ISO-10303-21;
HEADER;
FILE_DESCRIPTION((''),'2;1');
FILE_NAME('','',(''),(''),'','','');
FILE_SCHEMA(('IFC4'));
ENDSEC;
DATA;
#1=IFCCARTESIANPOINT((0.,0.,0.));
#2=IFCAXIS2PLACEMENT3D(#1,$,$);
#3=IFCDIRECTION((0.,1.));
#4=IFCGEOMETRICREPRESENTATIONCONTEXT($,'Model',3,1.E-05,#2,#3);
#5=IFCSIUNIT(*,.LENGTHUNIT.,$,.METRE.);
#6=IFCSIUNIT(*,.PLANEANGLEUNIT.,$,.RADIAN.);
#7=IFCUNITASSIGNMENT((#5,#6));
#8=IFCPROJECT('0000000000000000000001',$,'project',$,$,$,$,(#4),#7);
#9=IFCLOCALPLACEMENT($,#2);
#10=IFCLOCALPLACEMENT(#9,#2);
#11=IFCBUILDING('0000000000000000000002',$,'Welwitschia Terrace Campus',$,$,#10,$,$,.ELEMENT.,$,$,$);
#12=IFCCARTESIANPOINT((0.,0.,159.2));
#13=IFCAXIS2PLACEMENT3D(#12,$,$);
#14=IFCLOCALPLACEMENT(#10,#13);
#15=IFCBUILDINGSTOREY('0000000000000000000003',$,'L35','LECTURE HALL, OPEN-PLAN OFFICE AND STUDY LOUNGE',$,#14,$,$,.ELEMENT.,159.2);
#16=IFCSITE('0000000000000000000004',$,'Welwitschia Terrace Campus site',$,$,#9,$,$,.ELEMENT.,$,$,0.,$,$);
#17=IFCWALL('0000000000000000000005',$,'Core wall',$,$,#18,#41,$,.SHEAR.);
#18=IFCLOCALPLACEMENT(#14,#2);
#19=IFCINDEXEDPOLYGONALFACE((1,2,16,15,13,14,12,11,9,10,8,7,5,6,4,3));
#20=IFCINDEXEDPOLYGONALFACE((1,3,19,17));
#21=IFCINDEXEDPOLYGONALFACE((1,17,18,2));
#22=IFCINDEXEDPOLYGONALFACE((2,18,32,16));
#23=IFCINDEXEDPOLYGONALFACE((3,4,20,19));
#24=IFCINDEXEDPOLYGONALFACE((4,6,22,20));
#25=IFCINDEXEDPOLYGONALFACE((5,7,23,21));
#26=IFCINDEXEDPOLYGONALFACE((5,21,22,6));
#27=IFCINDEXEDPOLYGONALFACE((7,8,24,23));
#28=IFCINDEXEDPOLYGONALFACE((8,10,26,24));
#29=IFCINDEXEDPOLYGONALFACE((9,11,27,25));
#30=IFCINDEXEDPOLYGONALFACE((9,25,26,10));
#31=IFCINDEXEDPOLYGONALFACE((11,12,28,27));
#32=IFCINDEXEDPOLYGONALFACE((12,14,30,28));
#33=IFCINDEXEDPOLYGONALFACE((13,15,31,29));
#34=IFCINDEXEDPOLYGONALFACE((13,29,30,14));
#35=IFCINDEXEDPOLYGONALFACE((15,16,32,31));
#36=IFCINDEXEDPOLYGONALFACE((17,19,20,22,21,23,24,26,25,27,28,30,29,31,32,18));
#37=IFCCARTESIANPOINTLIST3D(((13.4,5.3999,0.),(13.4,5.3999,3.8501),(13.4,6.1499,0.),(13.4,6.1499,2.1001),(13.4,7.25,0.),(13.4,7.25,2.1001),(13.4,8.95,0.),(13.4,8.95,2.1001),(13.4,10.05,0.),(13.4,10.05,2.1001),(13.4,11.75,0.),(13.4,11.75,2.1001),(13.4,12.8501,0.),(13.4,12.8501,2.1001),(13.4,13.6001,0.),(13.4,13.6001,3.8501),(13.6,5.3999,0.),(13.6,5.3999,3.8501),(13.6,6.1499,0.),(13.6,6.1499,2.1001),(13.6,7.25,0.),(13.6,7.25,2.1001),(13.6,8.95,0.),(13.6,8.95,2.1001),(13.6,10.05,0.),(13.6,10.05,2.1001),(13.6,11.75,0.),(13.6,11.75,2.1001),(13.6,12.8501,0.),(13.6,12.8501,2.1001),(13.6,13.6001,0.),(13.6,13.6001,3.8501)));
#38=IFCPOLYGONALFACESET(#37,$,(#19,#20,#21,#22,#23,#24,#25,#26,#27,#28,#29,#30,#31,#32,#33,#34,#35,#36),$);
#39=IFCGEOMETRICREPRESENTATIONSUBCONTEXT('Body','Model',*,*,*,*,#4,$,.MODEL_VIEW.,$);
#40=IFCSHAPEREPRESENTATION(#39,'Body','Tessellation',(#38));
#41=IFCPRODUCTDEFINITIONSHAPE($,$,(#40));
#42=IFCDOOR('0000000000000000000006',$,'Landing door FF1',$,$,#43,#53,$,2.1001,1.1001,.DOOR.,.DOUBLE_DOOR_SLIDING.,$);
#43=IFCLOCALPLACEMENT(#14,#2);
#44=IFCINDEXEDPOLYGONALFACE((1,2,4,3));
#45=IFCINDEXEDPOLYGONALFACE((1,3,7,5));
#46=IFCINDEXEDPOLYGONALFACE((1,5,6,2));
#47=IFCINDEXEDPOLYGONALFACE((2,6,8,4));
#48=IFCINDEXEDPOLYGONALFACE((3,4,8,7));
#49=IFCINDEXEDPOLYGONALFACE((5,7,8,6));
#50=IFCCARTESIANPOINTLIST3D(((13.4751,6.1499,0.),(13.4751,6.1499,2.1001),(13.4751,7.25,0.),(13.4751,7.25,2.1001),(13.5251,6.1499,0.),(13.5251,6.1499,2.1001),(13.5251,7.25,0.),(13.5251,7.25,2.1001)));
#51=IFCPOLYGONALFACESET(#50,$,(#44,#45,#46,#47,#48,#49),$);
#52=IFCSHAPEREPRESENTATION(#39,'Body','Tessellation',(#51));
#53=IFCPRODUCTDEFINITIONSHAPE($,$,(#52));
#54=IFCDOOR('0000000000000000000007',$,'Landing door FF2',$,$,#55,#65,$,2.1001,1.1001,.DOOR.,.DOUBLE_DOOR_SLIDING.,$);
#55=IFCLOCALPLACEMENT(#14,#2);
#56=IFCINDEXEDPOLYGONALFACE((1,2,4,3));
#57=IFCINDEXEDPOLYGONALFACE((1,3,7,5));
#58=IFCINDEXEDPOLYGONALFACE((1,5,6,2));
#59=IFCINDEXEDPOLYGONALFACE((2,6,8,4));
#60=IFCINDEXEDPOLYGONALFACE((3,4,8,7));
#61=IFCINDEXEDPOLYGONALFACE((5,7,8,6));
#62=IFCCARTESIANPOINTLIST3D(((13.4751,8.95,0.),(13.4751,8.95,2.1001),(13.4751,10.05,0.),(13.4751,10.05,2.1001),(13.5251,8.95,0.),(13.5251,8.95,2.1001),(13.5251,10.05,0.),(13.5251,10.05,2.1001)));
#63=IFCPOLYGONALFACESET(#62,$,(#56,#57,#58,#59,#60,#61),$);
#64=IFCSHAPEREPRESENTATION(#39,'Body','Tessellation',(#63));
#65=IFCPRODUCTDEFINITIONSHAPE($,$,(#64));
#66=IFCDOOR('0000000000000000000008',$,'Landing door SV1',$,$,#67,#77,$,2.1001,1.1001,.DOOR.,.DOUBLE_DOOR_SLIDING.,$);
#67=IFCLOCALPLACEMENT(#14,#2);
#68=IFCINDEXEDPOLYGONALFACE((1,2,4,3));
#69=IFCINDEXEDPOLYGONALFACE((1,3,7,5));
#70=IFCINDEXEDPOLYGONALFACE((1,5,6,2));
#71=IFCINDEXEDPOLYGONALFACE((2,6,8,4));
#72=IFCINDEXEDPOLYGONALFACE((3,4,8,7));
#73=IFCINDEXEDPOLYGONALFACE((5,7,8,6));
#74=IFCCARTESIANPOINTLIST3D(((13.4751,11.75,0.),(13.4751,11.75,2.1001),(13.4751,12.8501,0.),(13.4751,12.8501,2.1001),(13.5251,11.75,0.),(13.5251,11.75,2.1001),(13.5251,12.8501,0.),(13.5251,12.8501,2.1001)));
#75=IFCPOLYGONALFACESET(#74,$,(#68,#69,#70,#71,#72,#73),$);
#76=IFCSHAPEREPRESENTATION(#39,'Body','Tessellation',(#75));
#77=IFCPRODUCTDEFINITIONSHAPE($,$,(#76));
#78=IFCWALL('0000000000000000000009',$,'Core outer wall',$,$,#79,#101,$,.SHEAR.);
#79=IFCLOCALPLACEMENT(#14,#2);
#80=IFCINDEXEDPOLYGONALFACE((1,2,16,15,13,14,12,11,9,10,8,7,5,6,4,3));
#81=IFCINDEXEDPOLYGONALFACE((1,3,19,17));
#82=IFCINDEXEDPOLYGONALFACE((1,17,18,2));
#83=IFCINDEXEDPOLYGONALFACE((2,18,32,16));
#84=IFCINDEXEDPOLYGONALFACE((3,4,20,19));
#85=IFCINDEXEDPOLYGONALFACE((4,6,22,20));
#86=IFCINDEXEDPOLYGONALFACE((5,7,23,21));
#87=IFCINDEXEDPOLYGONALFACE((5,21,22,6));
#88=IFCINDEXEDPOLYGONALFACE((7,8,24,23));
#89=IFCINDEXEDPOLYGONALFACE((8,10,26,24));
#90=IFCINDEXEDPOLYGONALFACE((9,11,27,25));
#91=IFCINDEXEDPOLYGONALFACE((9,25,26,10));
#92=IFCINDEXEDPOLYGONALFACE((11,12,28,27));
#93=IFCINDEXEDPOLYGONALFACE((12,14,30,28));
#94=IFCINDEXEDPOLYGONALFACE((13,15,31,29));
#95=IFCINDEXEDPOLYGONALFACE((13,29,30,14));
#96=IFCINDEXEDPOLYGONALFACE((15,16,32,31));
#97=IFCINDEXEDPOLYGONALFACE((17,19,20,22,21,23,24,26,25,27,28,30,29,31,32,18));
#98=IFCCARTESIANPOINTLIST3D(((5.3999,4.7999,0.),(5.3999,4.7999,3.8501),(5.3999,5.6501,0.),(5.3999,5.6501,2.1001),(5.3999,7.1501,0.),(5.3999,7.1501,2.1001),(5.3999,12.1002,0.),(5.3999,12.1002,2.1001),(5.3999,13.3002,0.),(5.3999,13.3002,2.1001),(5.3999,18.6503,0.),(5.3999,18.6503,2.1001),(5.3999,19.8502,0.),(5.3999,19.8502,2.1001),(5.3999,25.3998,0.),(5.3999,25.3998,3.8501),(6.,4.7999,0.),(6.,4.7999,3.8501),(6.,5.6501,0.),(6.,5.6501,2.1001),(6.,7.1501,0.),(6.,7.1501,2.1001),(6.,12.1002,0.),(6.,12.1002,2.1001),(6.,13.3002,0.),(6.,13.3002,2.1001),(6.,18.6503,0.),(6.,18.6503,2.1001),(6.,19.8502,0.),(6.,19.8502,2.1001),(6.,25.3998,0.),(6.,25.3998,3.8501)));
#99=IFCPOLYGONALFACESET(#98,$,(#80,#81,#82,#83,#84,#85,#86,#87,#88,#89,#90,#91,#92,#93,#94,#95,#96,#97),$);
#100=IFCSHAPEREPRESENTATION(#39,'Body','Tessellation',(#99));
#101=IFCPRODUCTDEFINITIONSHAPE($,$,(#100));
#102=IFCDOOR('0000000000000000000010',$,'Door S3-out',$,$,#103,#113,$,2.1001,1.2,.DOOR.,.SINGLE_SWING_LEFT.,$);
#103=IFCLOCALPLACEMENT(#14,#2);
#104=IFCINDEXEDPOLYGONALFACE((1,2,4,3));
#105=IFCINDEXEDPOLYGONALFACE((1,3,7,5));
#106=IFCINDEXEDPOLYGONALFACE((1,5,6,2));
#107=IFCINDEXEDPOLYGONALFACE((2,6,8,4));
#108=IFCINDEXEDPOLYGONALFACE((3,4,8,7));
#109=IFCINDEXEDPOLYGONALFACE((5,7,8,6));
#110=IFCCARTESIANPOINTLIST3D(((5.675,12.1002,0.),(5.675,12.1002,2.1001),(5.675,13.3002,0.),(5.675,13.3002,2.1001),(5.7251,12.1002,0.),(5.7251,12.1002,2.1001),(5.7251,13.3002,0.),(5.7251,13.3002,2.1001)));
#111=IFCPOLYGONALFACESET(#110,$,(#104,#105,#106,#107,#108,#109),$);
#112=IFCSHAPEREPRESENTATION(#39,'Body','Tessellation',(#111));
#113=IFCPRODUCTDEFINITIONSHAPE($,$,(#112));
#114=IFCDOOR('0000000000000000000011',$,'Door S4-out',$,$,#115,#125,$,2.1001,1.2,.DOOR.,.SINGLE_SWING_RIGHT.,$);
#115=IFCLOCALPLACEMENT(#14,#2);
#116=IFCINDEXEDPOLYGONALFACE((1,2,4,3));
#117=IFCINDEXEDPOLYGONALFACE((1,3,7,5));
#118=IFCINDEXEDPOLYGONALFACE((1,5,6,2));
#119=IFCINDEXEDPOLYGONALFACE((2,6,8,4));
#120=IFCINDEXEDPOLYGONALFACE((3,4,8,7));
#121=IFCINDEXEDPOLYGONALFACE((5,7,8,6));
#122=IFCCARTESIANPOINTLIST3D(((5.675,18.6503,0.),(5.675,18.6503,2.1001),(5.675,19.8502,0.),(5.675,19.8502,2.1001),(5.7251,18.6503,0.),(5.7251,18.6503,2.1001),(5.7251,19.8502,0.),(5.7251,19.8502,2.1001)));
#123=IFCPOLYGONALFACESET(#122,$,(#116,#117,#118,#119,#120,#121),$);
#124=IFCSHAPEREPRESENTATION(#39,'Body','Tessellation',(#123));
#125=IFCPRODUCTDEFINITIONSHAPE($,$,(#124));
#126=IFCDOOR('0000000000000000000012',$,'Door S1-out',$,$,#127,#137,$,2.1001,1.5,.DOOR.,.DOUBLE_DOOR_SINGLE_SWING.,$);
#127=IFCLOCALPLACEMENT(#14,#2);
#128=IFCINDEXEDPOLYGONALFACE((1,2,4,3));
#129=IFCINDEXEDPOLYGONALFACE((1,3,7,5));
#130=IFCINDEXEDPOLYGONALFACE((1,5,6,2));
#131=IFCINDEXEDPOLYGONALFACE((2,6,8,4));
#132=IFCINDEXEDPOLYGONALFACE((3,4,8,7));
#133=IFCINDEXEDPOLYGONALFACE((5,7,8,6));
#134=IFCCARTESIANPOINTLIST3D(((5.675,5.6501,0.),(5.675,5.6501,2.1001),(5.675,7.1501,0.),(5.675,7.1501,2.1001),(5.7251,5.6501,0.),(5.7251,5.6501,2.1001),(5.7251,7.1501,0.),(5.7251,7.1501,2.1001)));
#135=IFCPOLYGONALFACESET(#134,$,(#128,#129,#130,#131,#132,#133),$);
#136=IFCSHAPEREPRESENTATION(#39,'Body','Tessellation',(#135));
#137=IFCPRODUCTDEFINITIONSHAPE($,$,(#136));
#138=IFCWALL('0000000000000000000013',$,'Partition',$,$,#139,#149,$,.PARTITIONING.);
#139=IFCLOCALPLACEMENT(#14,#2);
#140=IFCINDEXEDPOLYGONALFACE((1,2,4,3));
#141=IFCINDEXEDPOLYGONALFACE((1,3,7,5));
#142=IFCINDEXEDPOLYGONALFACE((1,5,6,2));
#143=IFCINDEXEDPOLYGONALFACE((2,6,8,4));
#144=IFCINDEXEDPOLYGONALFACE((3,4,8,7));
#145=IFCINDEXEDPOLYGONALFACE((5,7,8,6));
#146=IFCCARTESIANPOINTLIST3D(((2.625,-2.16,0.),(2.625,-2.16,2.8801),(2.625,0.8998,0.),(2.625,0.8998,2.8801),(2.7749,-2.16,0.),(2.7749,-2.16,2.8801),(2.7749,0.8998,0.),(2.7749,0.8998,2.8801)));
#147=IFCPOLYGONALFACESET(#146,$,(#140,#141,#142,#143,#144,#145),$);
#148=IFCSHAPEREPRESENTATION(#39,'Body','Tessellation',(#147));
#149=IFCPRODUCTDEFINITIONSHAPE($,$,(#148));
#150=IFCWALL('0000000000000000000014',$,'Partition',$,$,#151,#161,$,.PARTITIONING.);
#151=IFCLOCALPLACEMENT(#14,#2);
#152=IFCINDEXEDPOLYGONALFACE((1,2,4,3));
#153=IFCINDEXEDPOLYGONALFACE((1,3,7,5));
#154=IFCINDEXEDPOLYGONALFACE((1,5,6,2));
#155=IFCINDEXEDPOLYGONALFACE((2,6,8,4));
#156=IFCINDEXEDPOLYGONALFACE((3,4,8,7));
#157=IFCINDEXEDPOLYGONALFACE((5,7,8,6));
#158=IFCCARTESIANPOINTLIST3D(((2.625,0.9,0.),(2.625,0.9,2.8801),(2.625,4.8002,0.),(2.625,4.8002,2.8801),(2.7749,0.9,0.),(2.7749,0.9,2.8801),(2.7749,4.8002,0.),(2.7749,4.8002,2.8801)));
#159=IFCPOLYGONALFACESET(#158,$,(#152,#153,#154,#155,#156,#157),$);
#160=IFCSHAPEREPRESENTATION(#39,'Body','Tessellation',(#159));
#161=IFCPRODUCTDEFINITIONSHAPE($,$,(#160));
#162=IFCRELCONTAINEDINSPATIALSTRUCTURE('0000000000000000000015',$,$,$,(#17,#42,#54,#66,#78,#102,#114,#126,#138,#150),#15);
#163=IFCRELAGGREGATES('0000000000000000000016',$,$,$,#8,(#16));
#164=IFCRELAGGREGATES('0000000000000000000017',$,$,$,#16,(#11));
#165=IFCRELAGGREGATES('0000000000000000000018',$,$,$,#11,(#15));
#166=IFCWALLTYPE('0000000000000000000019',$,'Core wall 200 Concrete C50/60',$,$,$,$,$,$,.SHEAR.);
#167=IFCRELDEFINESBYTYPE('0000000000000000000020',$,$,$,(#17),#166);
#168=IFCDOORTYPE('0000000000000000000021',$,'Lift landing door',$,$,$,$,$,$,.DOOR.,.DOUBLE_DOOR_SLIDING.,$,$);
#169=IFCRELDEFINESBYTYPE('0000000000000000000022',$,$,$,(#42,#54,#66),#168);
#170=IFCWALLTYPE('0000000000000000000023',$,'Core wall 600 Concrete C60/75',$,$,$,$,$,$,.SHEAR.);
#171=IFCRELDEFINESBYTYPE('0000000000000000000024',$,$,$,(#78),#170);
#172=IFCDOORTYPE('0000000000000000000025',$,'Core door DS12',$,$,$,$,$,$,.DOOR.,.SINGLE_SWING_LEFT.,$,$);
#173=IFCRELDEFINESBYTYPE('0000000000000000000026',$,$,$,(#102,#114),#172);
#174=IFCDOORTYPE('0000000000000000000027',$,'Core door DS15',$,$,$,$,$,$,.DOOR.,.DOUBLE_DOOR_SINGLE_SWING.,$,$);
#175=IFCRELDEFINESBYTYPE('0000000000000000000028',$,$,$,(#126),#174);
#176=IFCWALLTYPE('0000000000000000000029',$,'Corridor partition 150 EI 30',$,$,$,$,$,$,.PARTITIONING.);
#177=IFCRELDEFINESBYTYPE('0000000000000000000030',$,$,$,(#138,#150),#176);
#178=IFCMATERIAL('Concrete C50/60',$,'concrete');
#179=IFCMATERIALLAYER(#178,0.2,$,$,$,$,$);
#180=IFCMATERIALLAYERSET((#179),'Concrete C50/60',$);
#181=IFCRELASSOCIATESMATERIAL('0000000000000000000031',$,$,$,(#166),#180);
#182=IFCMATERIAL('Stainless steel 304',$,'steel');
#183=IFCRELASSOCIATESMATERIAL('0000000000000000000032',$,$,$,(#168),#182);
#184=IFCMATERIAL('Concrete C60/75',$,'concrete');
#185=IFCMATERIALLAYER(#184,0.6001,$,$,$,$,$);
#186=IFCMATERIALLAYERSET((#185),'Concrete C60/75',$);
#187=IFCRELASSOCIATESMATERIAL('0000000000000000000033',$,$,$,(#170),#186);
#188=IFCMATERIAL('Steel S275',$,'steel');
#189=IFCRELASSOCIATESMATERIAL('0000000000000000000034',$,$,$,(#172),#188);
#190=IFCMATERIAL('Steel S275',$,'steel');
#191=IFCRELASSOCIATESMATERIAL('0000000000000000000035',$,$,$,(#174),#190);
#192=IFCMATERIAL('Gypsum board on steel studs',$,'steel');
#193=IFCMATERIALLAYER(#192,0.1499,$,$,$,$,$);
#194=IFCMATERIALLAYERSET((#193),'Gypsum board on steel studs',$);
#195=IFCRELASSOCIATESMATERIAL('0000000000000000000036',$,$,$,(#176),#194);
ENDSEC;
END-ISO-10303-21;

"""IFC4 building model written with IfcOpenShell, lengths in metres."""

from ifc_helpers import new_model, si_unit, direction, frame, frame_2d, origin, place, context, subcontext, project, spatial, rectangle, extrude, material, layer, layer_set, type_object, element, fill, save


model = new_model("IFC4")

# Units and contexts
model_context = context("Model", 3, precision=1e-05, world=origin(), true_north=direction((0.0, 1.0)))
body_context = subcontext(model_context, "Body", "Model", "MODEL_VIEW")
ifc_project = project(units=[si_unit("LENGTHUNIT", "METRE"), si_unit("PLANEANGLEUNIT", "RADIAN")], contexts=[model_context])

# Site, building, storey
site_placement = place(None, origin())
site = spatial("IfcSite", under=ifc_project, at=site_placement, Name="Welwitschia Terrace Campus site", CompositionType="ELEMENT", RefElevation=0.0)
building_placement = place(site_placement, origin())
building = spatial("IfcBuilding", under=site, at=building_placement, Name="Welwitschia Terrace Campus", CompositionType="ELEMENT")
storey_placement = place(building_placement, frame((0.0, 0.0, 159.2)))
storey = spatial("IfcBuildingStorey", under=building, at=storey_placement, Name="L35", Description="LECTURE HALL, OPEN-PLAN OFFICE AND STUDY LOUNGE", CompositionType="ELEMENT", Elevation=159.2)

# Walls, openings, doors
ifc_material_1 = material(Name="Concrete C50/60", Category="concrete")
ifc_layer_1 = layer(ifc_material_1, 0.2)
ifc_layer_set_1 = layer_set([ifc_layer_1], Name="Concrete C50/60")
wall_type_1 = type_object("IfcWallType", Name="Core wall 200 Concrete C50/60", PredefinedType="SHEAR", material=ifc_layer_set_1)
wall_1_placement = place(storey_placement, frame((13.5, 5.3999, 0.0), z_axis=(0.0, 0.0, 1.0), x_axis=(0.0, 1.0, 0.0)))
wall_1 = element("IfcWall", 1, at=wall_1_placement, inside=storey, type_object=wall_type_1, Name="Core wall", PredefinedType="SHEAR", context=body_context, shape_type="SweptSolid", body=[
    extrude(rectangle(XDim=8.2002, YDim=0.2, at=frame_2d((4.1001, 0.0))), origin(), (0.0, 0.0, 1.0), 3.8501),
])
opening_1_placement = place(wall_1_placement, frame((0.75, 0.0, 0.0)))
opening_1 = element("IfcOpeningElement", 2, at=opening_1_placement, cuts=wall_1, PredefinedType="OPENING", context=body_context, shape_type="SweptSolid", body=[
    extrude(rectangle(XDim=1.1001, YDim=2.1001, at=frame_2d((0.55, 1.05))), frame((0.0, 0.1099, 0.0), z_axis=(0.0, -1.0, 0.0), x_axis=(1.0, 0.0, 0.0)), (0.0, 0.0, 1.0), 0.22),
])
opening_2_placement = place(wall_1_placement, frame((3.55, 0.0, 0.0)))
opening_2 = element("IfcOpeningElement", 3, at=opening_2_placement, cuts=wall_1, PredefinedType="OPENING", context=body_context, shape_type="SweptSolid", body=[
    extrude(rectangle(XDim=1.1001, YDim=2.1001, at=frame_2d((0.55, 1.05))), frame((0.0, 0.1099, 0.0), z_axis=(0.0, -1.0, 0.0), x_axis=(1.0, 0.0, 0.0)), (0.0, 0.0, 1.0), 0.22),
])
opening_3_placement = place(wall_1_placement, frame((6.3501, 0.0, 0.0)))
opening_3 = element("IfcOpeningElement", 4, at=opening_3_placement, cuts=wall_1, PredefinedType="OPENING", context=body_context, shape_type="SweptSolid", body=[
    extrude(rectangle(XDim=1.1001, YDim=2.1001, at=frame_2d((0.55, 1.05))), frame((0.0, 0.1099, 0.0), z_axis=(0.0, -1.0, 0.0), x_axis=(1.0, 0.0, 0.0)), (0.0, 0.0, 1.0), 0.22),
])
ifc_material_2 = material(Name="Stainless steel 304", Category="steel")
door_type_1 = type_object("IfcDoorType", Name="Lift landing door", OperationType="DOUBLE_DOOR_SLIDING", PredefinedType="DOOR", material=ifc_material_2)
door_1_placement = place(opening_1_placement, origin())
door_1 = element("IfcDoor", 5, at=door_1_placement, inside=storey, type_object=door_type_1, Name="Landing door FF1", OperationType="DOUBLE_DOOR_SLIDING", OverallHeight=2.1001, OverallWidth=1.1001, PredefinedType="DOOR", context=body_context, shape_type="SweptSolid", body=[
    extrude(rectangle(XDim=1.1001, YDim=2.1001, at=frame_2d((0.55, 1.05))), frame((0.0, 0.0249, 0.0), z_axis=(0.0, -1.0, 0.0), x_axis=(1.0, 0.0, 0.0)), (0.0, 0.0, 1.0), 0.05),
])
fill(opening_1, door_1)
door_2_placement = place(opening_2_placement, origin())
door_2 = element("IfcDoor", 6, at=door_2_placement, inside=storey, type_object=door_type_1, Name="Landing door FF2", OperationType="DOUBLE_DOOR_SLIDING", OverallHeight=2.1001, OverallWidth=1.1001, PredefinedType="DOOR", context=body_context, shape_type="SweptSolid", body=[
    extrude(rectangle(XDim=1.1001, YDim=2.1001, at=frame_2d((0.55, 1.05))), frame((0.0, 0.0249, 0.0), z_axis=(0.0, -1.0, 0.0), x_axis=(1.0, 0.0, 0.0)), (0.0, 0.0, 1.0), 0.05),
])
fill(opening_2, door_2)
door_3_placement = place(opening_3_placement, origin())
door_3 = element("IfcDoor", 7, at=door_3_placement, inside=storey, type_object=door_type_1, Name="Landing door SV1", OperationType="DOUBLE_DOOR_SLIDING", OverallHeight=2.1001, OverallWidth=1.1001, PredefinedType="DOOR", context=body_context, shape_type="SweptSolid", body=[
    extrude(rectangle(XDim=1.1001, YDim=2.1001, at=frame_2d((0.55, 1.05))), frame((0.0, 0.0249, 0.0), z_axis=(0.0, -1.0, 0.0), x_axis=(1.0, 0.0, 0.0)), (0.0, 0.0, 1.0), 0.05),
])
fill(opening_3, door_3)
ifc_material_3 = material(Name="Concrete C60/75", Category="concrete")
ifc_layer_2 = layer(ifc_material_3, 0.6001)
ifc_layer_set_2 = layer_set([ifc_layer_2], Name="Concrete C60/75")
wall_type_2 = type_object("IfcWallType", Name="Core wall 600 Concrete C60/75", PredefinedType="SHEAR", material=ifc_layer_set_2)
wall_2_placement = place(storey_placement, frame((5.7, 4.8, 0.0), z_axis=(0.0, 0.0, 1.0), x_axis=(0.0, 1.0, 0.0)))
wall_2 = element("IfcWall", 8, at=wall_2_placement, inside=storey, type_object=wall_type_2, Name="Core outer wall", PredefinedType="SHEAR", context=body_context, shape_type="SweptSolid", body=[
    extrude(rectangle(XDim=20.5999, YDim=0.6001, at=frame_2d((10.2998, 0.0))), origin(), (0.0, 0.0, 1.0), 3.8501),
])
opening_4_placement = place(wall_2_placement, frame((0.8501, 0.0, 0.0)))
opening_4 = element("IfcOpeningElement", 9, at=opening_4_placement, cuts=wall_2, PredefinedType="OPENING", context=body_context, shape_type="SweptSolid", body=[
    extrude(rectangle(XDim=1.5, YDim=2.1001, at=frame_2d((0.75, 1.05))), frame((0.0, 0.3101, 0.0), z_axis=(0.0, -1.0, 0.0), x_axis=(1.0, 0.0, 0.0)), (0.0, 0.0, 1.0), 0.6201),
])
opening_5_placement = place(wall_2_placement, frame((7.3, 0.0, 0.0)))
opening_5 = element("IfcOpeningElement", 10, at=opening_5_placement, cuts=wall_2, PredefinedType="OPENING", context=body_context, shape_type="SweptSolid", body=[
    extrude(rectangle(XDim=1.2, YDim=2.1001, at=frame_2d((0.6001, 1.05))), frame((0.0, 0.3101, 0.0), z_axis=(0.0, -1.0, 0.0), x_axis=(1.0, 0.0, 0.0)), (0.0, 0.0, 1.0), 0.6201),
])
opening_6_placement = place(wall_2_placement, frame((13.8501, 0.0, 0.0)))
opening_6 = element("IfcOpeningElement", 11, at=opening_6_placement, cuts=wall_2, PredefinedType="OPENING", context=body_context, shape_type="SweptSolid", body=[
    extrude(rectangle(XDim=1.2, YDim=2.1001, at=frame_2d((0.6001, 1.05))), frame((0.0, 0.3101, 0.0), z_axis=(0.0, -1.0, 0.0), x_axis=(1.0, 0.0, 0.0)), (0.0, 0.0, 1.0), 0.6201),
])
ifc_material_4 = material(Name="Steel S275", Category="steel")
door_type_2 = type_object("IfcDoorType", Name="Core door DS12", OperationType="SINGLE_SWING_LEFT", PredefinedType="DOOR", material=ifc_material_4)
door_4_placement = place(opening_5_placement, origin())
door_4 = element("IfcDoor", 12, at=door_4_placement, inside=storey, type_object=door_type_2, Name="Door S3-out", OperationType="SINGLE_SWING_LEFT", OverallHeight=2.1001, OverallWidth=1.2, PredefinedType="DOOR", context=body_context, shape_type="SweptSolid", body=[
    extrude(rectangle(XDim=1.2, YDim=2.1001, at=frame_2d((0.6001, 1.05))), frame((0.0, 0.0249, 0.0), z_axis=(0.0, -1.0, 0.0), x_axis=(1.0, 0.0, 0.0)), (0.0, 0.0, 1.0), 0.05),
])
fill(opening_5, door_4)
door_5_placement = place(opening_6_placement, origin())
door_5 = element("IfcDoor", 13, at=door_5_placement, inside=storey, type_object=door_type_2, Name="Door S4-out", OperationType="SINGLE_SWING_RIGHT", OverallHeight=2.1001, OverallWidth=1.2, PredefinedType="DOOR", context=body_context, shape_type="SweptSolid", body=[
    extrude(rectangle(XDim=1.2, YDim=2.1001, at=frame_2d((0.6001, 1.05))), frame((0.0, 0.0249, 0.0), z_axis=(0.0, -1.0, 0.0), x_axis=(1.0, 0.0, 0.0)), (0.0, 0.0, 1.0), 0.05),
])
fill(opening_6, door_5)
ifc_material_5 = material(Name="Steel S275", Category="steel")
door_type_3 = type_object("IfcDoorType", Name="Core door DS15", OperationType="DOUBLE_DOOR_SINGLE_SWING", PredefinedType="DOOR", material=ifc_material_5)
door_6_placement = place(opening_4_placement, origin())
door_6 = element("IfcDoor", 14, at=door_6_placement, inside=storey, type_object=door_type_3, Name="Door S1-out", OperationType="DOUBLE_DOOR_SINGLE_SWING", OverallHeight=2.1001, OverallWidth=1.5, PredefinedType="DOOR", context=body_context, shape_type="SweptSolid", body=[
    extrude(rectangle(XDim=1.5, YDim=2.1001, at=frame_2d((0.75, 1.05))), frame((0.0, 0.0249, 0.0), z_axis=(0.0, -1.0, 0.0), x_axis=(1.0, 0.0, 0.0)), (0.0, 0.0, 1.0), 0.05),
])
fill(opening_4, door_6)

# Walls
ifc_material_6 = material(Name="Gypsum board on steel studs", Category="steel")
ifc_layer_3 = layer(ifc_material_6, 0.1499)
ifc_layer_set_3 = layer_set([ifc_layer_3], Name="Gypsum board on steel studs")
wall_type_3 = type_object("IfcWallType", Name="Corridor partition 150 EI 30", PredefinedType="PARTITIONING", material=ifc_layer_set_3)
wall_3_placement = place(storey_placement, frame((2.7, -2.1599, 0.0), z_axis=(0.0, 0.0, 1.0), x_axis=(0.0, 1.0, 0.0)))
element("IfcWall", 15, at=wall_3_placement, inside=storey, type_object=wall_type_3, Name="Partition", PredefinedType="PARTITIONING", context=body_context, shape_type="SweptSolid", body=[
    extrude(rectangle(XDim=3.0598, YDim=0.1499, at=frame_2d((1.5298, 0.0))), origin(), (0.0, 0.0, 1.0), 2.8801),
])
wall_4_placement = place(storey_placement, frame((2.7, 0.8999, 0.0), z_axis=(0.0, 0.0, 1.0), x_axis=(0.0, 1.0, 0.0)))
element("IfcWall", 16, at=wall_4_placement, inside=storey, type_object=wall_type_3, Name="Partition", PredefinedType="PARTITIONING", context=body_context, shape_type="SweptSolid", body=[
    extrude(rectangle(XDim=3.9001, YDim=0.1499, at=frame_2d((1.9502, 0.0))), origin(), (0.0, 0.0, 1.0), 2.8801),
])

save(model, "model.ifc")
